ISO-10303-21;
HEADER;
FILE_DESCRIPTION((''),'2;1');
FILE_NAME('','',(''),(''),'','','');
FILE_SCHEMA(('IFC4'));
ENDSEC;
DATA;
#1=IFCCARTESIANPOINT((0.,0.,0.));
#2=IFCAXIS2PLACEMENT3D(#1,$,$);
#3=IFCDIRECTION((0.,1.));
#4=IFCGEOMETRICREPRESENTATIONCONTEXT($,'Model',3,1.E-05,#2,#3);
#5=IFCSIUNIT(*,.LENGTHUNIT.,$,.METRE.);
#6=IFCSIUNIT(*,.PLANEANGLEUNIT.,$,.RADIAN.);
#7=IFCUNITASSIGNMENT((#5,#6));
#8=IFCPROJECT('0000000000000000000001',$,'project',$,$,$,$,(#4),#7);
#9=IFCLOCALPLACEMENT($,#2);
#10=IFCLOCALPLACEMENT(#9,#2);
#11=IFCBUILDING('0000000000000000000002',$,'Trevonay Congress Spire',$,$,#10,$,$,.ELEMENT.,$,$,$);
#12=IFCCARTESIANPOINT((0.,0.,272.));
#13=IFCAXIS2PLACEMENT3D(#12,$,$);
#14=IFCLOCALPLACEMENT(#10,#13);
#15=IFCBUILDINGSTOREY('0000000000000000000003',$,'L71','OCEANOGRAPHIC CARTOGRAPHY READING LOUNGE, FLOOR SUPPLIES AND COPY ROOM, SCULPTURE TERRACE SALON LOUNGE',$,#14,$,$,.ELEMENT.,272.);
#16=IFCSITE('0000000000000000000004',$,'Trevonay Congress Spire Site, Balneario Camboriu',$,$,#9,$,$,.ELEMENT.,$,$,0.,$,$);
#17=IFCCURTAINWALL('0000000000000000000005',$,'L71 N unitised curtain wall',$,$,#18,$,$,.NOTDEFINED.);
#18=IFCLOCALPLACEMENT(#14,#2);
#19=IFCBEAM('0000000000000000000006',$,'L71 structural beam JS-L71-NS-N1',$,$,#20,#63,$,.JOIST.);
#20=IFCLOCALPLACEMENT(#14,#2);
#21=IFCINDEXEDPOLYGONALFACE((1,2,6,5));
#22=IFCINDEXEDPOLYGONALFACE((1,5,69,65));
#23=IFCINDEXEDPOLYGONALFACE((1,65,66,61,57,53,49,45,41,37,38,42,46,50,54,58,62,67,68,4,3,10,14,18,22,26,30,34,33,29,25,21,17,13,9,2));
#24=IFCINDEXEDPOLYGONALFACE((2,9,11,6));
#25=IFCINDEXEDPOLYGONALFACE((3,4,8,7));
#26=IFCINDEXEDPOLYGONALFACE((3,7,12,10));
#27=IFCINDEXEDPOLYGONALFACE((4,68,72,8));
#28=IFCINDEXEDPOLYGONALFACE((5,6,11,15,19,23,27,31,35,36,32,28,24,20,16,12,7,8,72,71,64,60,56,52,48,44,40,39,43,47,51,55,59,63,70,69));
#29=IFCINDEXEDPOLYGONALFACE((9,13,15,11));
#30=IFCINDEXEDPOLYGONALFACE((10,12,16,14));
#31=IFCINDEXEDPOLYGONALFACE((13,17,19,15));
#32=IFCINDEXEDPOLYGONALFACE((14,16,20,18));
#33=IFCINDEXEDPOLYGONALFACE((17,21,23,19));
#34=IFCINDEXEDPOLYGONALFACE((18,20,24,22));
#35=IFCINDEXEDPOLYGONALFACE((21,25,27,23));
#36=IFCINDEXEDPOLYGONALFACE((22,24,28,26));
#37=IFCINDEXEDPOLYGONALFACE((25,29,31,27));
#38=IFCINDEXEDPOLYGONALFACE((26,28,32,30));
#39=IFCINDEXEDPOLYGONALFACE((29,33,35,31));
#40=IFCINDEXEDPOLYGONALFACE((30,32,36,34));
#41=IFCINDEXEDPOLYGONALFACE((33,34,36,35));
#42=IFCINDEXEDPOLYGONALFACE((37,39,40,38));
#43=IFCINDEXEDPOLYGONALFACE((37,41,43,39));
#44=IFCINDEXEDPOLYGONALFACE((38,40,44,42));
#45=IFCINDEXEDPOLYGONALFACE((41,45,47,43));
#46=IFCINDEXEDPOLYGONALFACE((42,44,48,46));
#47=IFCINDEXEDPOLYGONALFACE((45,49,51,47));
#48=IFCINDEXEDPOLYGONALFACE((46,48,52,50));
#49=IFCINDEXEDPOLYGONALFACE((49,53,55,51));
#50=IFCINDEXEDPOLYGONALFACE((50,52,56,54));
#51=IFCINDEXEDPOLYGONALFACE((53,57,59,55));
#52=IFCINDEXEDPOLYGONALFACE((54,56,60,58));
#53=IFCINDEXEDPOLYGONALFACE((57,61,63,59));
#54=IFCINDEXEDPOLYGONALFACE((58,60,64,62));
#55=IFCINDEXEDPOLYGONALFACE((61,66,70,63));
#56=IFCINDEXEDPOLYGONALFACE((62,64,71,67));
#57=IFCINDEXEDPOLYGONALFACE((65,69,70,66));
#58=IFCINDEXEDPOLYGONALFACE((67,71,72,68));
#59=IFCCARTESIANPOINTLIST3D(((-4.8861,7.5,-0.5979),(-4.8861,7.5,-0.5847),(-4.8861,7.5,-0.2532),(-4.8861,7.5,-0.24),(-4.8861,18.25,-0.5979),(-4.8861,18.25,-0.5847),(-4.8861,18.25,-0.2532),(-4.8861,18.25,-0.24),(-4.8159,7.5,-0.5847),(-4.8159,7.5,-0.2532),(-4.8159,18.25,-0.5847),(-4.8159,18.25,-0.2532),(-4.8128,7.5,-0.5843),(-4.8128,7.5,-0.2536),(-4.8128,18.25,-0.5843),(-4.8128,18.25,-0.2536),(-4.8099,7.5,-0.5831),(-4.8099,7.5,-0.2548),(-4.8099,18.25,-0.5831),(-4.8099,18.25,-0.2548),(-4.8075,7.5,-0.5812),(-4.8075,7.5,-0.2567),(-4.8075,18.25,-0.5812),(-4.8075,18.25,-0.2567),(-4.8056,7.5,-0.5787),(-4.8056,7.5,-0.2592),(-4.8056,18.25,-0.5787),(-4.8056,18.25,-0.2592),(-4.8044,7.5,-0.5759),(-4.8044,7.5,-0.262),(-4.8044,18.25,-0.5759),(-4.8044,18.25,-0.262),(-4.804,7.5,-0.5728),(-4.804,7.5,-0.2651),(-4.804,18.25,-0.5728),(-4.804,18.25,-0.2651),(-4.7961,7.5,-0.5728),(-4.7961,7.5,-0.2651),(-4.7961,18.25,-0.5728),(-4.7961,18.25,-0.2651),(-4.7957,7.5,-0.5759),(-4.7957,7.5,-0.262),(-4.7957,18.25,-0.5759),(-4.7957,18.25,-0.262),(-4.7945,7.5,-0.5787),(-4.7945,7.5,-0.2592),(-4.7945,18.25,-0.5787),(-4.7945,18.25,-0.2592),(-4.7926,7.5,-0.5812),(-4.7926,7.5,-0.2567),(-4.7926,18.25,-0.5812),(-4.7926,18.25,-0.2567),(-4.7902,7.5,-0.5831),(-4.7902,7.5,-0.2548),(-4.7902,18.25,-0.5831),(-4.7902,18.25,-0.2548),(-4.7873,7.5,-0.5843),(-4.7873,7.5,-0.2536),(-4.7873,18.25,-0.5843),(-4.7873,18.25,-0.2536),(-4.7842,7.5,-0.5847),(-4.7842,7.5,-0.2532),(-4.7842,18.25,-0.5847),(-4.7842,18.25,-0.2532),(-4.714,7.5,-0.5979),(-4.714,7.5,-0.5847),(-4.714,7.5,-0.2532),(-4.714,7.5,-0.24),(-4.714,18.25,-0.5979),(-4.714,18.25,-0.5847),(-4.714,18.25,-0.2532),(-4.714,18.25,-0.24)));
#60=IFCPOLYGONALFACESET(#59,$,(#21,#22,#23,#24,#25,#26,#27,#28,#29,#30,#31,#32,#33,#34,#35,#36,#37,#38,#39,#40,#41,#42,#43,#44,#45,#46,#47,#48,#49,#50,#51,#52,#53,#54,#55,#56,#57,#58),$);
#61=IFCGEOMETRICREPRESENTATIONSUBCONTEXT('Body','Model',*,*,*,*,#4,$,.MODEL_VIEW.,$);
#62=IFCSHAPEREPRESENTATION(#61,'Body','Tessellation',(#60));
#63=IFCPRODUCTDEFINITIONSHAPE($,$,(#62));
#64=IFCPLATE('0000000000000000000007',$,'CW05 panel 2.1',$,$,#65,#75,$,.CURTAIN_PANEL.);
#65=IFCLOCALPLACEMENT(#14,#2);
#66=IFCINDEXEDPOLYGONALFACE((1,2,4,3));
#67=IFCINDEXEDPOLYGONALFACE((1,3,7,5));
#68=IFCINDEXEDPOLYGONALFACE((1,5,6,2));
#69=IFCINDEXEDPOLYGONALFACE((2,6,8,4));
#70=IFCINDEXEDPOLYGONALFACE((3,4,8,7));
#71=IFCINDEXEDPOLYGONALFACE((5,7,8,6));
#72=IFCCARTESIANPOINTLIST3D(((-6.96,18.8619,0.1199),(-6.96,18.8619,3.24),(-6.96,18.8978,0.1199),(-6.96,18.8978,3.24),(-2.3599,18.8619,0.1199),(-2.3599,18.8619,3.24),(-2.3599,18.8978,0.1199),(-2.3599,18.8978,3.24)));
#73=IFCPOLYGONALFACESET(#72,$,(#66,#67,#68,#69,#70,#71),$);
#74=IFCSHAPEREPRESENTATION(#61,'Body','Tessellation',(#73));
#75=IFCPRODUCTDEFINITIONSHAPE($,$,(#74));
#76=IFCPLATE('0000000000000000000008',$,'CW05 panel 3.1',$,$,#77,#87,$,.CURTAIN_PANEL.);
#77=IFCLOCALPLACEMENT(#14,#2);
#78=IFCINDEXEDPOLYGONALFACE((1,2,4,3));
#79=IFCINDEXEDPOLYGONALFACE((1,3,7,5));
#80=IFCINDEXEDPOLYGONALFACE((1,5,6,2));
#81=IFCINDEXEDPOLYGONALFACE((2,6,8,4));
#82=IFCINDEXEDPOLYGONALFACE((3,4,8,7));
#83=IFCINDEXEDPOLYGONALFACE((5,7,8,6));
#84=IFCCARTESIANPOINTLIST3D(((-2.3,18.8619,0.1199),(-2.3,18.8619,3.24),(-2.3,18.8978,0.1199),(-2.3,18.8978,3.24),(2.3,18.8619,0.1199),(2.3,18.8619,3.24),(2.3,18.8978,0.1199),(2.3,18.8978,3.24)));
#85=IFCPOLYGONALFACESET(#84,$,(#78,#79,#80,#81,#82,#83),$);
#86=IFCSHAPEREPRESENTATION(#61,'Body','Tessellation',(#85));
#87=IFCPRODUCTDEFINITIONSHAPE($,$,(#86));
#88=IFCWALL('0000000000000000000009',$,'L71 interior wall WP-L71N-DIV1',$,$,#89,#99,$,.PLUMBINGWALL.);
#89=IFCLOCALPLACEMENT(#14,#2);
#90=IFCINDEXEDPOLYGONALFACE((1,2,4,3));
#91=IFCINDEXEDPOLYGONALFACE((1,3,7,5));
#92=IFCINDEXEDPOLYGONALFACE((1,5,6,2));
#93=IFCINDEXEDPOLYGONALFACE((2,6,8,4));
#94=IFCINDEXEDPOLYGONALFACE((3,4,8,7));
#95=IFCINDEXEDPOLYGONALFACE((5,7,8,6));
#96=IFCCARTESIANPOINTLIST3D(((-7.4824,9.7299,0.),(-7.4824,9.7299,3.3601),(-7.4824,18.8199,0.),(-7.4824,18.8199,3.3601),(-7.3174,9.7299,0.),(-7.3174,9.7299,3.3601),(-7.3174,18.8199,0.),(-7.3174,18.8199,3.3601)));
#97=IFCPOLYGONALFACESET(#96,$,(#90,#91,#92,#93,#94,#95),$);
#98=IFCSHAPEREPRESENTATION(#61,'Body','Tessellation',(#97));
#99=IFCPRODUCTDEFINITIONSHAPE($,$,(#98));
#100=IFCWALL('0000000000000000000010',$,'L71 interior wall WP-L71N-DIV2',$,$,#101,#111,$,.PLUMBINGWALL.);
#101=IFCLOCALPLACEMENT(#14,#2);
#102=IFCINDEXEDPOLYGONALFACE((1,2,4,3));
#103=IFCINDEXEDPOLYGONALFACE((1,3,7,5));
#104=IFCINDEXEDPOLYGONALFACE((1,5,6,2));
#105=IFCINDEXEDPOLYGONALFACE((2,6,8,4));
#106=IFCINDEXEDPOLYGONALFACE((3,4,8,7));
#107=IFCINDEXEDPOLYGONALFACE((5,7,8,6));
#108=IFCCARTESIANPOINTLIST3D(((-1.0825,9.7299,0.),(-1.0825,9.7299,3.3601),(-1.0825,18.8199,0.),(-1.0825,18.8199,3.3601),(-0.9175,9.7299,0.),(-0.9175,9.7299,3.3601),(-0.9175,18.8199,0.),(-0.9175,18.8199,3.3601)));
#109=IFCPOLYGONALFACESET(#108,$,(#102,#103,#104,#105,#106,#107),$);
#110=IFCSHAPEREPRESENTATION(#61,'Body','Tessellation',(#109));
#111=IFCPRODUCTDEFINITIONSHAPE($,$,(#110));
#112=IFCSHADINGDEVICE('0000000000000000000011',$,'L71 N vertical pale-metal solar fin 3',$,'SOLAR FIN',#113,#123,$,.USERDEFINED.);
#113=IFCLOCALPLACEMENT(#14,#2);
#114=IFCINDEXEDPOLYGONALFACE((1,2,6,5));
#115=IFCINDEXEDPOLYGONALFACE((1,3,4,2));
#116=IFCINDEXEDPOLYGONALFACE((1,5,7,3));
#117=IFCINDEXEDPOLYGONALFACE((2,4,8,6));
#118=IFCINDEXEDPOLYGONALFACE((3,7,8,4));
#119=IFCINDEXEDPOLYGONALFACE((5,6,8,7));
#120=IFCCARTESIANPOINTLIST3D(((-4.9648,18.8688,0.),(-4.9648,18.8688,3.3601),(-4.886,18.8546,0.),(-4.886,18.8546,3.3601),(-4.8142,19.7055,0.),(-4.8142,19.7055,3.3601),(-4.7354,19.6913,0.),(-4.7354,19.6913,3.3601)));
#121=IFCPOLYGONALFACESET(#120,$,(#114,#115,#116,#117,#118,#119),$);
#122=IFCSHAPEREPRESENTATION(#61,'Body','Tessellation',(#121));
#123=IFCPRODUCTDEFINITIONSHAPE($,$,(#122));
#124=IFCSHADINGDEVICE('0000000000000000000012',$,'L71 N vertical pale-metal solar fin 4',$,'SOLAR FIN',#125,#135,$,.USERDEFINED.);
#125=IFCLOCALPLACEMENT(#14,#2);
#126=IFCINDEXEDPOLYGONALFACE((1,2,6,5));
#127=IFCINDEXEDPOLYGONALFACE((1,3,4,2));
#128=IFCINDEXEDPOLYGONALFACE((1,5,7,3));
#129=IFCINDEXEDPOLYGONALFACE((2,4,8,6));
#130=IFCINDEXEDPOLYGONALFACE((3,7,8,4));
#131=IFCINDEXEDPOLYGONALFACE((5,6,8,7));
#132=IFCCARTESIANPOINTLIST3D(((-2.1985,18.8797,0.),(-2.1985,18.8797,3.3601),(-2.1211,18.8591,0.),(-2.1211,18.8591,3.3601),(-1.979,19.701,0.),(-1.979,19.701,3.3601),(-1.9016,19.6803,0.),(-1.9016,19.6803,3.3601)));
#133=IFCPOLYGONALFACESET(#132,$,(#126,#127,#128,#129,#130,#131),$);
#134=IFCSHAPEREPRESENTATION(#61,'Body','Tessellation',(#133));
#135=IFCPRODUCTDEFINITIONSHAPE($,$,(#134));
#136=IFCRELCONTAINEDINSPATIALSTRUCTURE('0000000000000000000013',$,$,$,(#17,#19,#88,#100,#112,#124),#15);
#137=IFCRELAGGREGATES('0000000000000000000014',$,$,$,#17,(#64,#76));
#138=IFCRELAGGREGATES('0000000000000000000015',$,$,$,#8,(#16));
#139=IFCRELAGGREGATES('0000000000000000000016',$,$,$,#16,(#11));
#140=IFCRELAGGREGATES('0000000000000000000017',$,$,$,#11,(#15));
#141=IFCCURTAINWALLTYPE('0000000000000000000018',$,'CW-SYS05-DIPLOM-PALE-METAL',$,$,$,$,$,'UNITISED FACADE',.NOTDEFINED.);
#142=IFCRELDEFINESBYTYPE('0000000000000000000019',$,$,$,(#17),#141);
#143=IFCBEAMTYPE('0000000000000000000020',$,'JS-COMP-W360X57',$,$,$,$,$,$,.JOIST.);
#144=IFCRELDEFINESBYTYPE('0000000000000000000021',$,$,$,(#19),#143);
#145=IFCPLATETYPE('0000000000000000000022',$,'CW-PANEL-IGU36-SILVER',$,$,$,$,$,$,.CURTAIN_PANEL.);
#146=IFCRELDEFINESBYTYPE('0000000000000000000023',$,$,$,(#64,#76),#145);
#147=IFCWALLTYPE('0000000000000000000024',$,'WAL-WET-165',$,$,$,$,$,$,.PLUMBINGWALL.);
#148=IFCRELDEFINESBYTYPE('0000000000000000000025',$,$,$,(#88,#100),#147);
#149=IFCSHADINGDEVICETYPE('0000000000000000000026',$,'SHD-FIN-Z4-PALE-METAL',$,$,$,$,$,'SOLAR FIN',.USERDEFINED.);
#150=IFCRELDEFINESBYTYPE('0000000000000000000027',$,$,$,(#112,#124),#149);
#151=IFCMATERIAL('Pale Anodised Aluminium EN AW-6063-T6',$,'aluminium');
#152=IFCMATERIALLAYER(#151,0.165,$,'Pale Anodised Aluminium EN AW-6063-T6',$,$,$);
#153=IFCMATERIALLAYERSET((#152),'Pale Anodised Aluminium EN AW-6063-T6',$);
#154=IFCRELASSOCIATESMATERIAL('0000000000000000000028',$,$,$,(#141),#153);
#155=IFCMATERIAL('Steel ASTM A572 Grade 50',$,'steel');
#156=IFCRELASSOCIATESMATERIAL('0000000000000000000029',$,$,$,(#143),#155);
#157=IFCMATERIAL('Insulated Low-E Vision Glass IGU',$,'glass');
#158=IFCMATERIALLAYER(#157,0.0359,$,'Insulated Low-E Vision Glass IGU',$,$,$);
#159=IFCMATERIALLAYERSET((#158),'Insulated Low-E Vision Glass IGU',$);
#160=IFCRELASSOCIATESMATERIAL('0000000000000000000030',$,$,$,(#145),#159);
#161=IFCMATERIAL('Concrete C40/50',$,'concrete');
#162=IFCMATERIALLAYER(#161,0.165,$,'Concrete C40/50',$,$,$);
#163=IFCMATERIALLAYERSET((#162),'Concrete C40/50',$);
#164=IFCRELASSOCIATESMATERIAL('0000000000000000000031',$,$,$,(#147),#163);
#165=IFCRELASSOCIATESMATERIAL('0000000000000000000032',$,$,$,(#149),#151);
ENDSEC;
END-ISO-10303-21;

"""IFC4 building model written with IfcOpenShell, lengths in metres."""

from ifc_helpers import new_model, si_unit, direction, frame, frame_2d, origin, origin_2d, place, context, subcontext, project, spatial, rectangle, i_section, extrude, material, layer, layer_set, material_profile, profile_set, type_object, element, aggregate, save


model = new_model("IFC4")

# Units and contexts
model_context = context("Model", 3, precision=1e-05, world=origin(), true_north=direction((0.0, 1.0)))
body_context = subcontext(model_context, "Body", "Model", "MODEL_VIEW")
ifc_project = project(units=[si_unit("LENGTHUNIT", "METRE"), si_unit("PLANEANGLEUNIT", "RADIAN")], contexts=[model_context])

# Site, building, storey
site_placement = place(None, origin())
site = spatial("IfcSite", under=ifc_project, at=site_placement, Name="Trevonay Congress Spire Site, Balneario Camboriu", CompositionType="ELEMENT", RefElevation=0.0)
building_placement = place(site_placement, origin())
building = spatial("IfcBuilding", under=site, at=building_placement, Name="Trevonay Congress Spire", CompositionType="ELEMENT")
storey_placement = place(building_placement, frame((0.0, 0.0, 272.0)))
storey = spatial("IfcBuildingStorey", under=building, at=storey_placement, Name="L71", Description="OCEANOGRAPHIC CARTOGRAPHY READING LOUNGE, FLOOR SUPPLIES AND COPY ROOM, SCULPTURE TERRACE SALON LOUNGE", CompositionType="ELEMENT", Elevation=272.0)

# Shared definitions
ifc_material_1 = material(Name="Steel ASTM A572 Grade 50", Category="steel")

# Curtain wall
ifc_material_2 = material(Name="Pale Anodised Aluminium EN AW-6063-T6", Category="aluminium")
ifc_layer_1 = layer(ifc_material_2, 0.165, Name="Pale Anodised Aluminium EN AW-6063-T6")
ifc_layer_set_1 = layer_set([ifc_layer_1], Name="Pale Anodised Aluminium EN AW-6063-T6")
curtain_wall_type = type_object("IfcCurtainWallType", Name="CW-SYS05-DIPLOM-PALE-METAL", ElementType="UNITISED FACADE", PredefinedType="NOTDEFINED", material=ifc_layer_set_1)
curtain_wall_placement = place(storey_placement, origin())
curtain_wall = element("IfcCurtainWall", 1, at=curtain_wall_placement, inside=storey, type_object=curtain_wall_type, Name="L71 N unitised curtain wall", PredefinedType="NOTDEFINED")

# Beam
ifc_material_profile_1 = material_profile(ifc_material_1, i_section(OverallWidth=0.1721, OverallDepth=0.3579, WebThickness=0.0078, FlangeThickness=0.0132, FilletRadius=0.012, at=origin_2d()), Name="W360x57.8")
ifc_profile_set_1 = profile_set([ifc_material_profile_1], Name="Steel ASTM A572 Grade 50")
beam_type_1 = type_object("IfcBeamType", Name="JS-COMP-W360X57", PredefinedType="JOIST", material=ifc_profile_set_1)
beam_1_placement = place(storey_placement, frame((-4.8, 7.5, -0.4189), z_axis=(0.0, 1.0, 0.0), x_axis=(-1.0, 0.0, 0.0)))
element("IfcBeam", 2, at=beam_1_placement, inside=storey, type_object=beam_type_1, Name="L71 structural beam JS-L71-NS-N1", PredefinedType="JOIST", context=body_context, shape_type="SweptSolid", body=[
    extrude(i_section(OverallWidth=0.1721, OverallDepth=0.3579, WebThickness=0.0078, FlangeThickness=0.0132, FilletRadius=0.012, at=origin_2d()), origin(), (0.0, 0.0, 1.0), 10.75),
])

# Plates
ifc_material_3 = material(Name="Insulated Low-E Vision Glass IGU", Category="glass")
ifc_layer_2 = layer(ifc_material_3, 0.0359, Name="Insulated Low-E Vision Glass IGU")
ifc_layer_set_2 = layer_set([ifc_layer_2], Name="Insulated Low-E Vision Glass IGU")
plate_type = type_object("IfcPlateType", Name="CW-PANEL-IGU36-SILVER", PredefinedType="CURTAIN_PANEL", material=ifc_layer_set_2)
plate_1_placement = place(storey_placement, frame((-4.6599, 18.8799, 0.1199), z_axis=(0.0, 0.0, 1.0), x_axis=(1.0, 0.0, 0.0)))
plate_1 = element("IfcPlate", 3, at=plate_1_placement, type_object=plate_type, Name="CW05 panel 2.1", PredefinedType="CURTAIN_PANEL", context=body_context, shape_type="SweptSolid", body=[
    extrude(rectangle(XDim=4.6001, YDim=0.0359, at=origin_2d()), origin(), (0.0, 0.0, 1.0), 3.1201),
])
plate_2_placement = place(storey_placement, frame((0.0, 18.8799, 0.1199), z_axis=(0.0, 0.0, 1.0), x_axis=(1.0, 0.0, 0.0)))
plate_2 = element("IfcPlate", 4, at=plate_2_placement, type_object=plate_type, Name="CW05 panel 3.1", PredefinedType="CURTAIN_PANEL", context=body_context, shape_type="SweptSolid", body=[
    extrude(rectangle(XDim=4.6001, YDim=0.0359, at=origin_2d()), origin(), (0.0, 0.0, 1.0), 3.1201),
])
aggregate(curtain_wall, [plate_1, plate_2])

# Walls
ifc_material_4 = material(Name="Concrete C40/50", Category="concrete")
ifc_layer_3 = layer(ifc_material_4, 0.165, Name="Concrete C40/50")
ifc_layer_set_3 = layer_set([ifc_layer_3], Name="Concrete C40/50")
wall_type = type_object("IfcWallType", Name="WAL-WET-165", PredefinedType="PLUMBINGWALL", material=ifc_layer_set_3)
for number, where, z_axis, x_axis, name in (
    (5, (-7.3999, 9.73, 0.0), (0.0, 0.0, 1.0), (0.0, 1.0, 0.0), "L71 interior wall WP-L71N-DIV1"),
    (6, (-1.0, 9.73, 0.0), (0.0, 0.0, 1.0), (0.0, 1.0, 0.0), "L71 interior wall WP-L71N-DIV2"),
):
    element("IfcWall", number, at=place(storey_placement, frame(where, z_axis=z_axis, x_axis=x_axis)), inside=storey, type_object=wall_type, Name=name, PredefinedType="PLUMBINGWALL", context=body_context, shape_type="SweptSolid", body=[
        extrude(rectangle(XDim=9.0901, YDim=0.165, at=frame_2d((4.5449, 0.0))), origin(), (0.0, 0.0, 1.0), 3.3601),
    ])

# Shading devices
shading_device_type = type_object("IfcShadingDeviceType", Name="SHD-FIN-Z4-PALE-METAL", ElementType="SOLAR FIN", PredefinedType="USERDEFINED", material=ifc_material_2)
for number, where, z_axis, x_axis, name in (
    (7, (-4.8501, 19.28, 0.0), (0.0, 0.0, 1.0), (0.984196, -0.177085, 0.0), "L71 N vertical pale-metal solar fin 3"),
    (8, (-2.05, 19.28, 0.0), (0.0, 0.0, 1.0), (0.966106, -0.258145, 0.0), "L71 N vertical pale-metal solar fin 4"),
):
    element("IfcShadingDevice", number, at=place(storey_placement, frame(where, z_axis=z_axis, x_axis=x_axis)), inside=storey, type_object=shading_device_type, Name=name, ObjectType="SOLAR FIN", PredefinedType="USERDEFINED", context=body_context, shape_type="SweptSolid", body=[
        extrude(rectangle(XDim=0.0801, YDim=0.8501, at=origin_2d()), origin(), (0.0, 0.0, 1.0), 3.3601),
    ])

save(model, "model.ifc")
